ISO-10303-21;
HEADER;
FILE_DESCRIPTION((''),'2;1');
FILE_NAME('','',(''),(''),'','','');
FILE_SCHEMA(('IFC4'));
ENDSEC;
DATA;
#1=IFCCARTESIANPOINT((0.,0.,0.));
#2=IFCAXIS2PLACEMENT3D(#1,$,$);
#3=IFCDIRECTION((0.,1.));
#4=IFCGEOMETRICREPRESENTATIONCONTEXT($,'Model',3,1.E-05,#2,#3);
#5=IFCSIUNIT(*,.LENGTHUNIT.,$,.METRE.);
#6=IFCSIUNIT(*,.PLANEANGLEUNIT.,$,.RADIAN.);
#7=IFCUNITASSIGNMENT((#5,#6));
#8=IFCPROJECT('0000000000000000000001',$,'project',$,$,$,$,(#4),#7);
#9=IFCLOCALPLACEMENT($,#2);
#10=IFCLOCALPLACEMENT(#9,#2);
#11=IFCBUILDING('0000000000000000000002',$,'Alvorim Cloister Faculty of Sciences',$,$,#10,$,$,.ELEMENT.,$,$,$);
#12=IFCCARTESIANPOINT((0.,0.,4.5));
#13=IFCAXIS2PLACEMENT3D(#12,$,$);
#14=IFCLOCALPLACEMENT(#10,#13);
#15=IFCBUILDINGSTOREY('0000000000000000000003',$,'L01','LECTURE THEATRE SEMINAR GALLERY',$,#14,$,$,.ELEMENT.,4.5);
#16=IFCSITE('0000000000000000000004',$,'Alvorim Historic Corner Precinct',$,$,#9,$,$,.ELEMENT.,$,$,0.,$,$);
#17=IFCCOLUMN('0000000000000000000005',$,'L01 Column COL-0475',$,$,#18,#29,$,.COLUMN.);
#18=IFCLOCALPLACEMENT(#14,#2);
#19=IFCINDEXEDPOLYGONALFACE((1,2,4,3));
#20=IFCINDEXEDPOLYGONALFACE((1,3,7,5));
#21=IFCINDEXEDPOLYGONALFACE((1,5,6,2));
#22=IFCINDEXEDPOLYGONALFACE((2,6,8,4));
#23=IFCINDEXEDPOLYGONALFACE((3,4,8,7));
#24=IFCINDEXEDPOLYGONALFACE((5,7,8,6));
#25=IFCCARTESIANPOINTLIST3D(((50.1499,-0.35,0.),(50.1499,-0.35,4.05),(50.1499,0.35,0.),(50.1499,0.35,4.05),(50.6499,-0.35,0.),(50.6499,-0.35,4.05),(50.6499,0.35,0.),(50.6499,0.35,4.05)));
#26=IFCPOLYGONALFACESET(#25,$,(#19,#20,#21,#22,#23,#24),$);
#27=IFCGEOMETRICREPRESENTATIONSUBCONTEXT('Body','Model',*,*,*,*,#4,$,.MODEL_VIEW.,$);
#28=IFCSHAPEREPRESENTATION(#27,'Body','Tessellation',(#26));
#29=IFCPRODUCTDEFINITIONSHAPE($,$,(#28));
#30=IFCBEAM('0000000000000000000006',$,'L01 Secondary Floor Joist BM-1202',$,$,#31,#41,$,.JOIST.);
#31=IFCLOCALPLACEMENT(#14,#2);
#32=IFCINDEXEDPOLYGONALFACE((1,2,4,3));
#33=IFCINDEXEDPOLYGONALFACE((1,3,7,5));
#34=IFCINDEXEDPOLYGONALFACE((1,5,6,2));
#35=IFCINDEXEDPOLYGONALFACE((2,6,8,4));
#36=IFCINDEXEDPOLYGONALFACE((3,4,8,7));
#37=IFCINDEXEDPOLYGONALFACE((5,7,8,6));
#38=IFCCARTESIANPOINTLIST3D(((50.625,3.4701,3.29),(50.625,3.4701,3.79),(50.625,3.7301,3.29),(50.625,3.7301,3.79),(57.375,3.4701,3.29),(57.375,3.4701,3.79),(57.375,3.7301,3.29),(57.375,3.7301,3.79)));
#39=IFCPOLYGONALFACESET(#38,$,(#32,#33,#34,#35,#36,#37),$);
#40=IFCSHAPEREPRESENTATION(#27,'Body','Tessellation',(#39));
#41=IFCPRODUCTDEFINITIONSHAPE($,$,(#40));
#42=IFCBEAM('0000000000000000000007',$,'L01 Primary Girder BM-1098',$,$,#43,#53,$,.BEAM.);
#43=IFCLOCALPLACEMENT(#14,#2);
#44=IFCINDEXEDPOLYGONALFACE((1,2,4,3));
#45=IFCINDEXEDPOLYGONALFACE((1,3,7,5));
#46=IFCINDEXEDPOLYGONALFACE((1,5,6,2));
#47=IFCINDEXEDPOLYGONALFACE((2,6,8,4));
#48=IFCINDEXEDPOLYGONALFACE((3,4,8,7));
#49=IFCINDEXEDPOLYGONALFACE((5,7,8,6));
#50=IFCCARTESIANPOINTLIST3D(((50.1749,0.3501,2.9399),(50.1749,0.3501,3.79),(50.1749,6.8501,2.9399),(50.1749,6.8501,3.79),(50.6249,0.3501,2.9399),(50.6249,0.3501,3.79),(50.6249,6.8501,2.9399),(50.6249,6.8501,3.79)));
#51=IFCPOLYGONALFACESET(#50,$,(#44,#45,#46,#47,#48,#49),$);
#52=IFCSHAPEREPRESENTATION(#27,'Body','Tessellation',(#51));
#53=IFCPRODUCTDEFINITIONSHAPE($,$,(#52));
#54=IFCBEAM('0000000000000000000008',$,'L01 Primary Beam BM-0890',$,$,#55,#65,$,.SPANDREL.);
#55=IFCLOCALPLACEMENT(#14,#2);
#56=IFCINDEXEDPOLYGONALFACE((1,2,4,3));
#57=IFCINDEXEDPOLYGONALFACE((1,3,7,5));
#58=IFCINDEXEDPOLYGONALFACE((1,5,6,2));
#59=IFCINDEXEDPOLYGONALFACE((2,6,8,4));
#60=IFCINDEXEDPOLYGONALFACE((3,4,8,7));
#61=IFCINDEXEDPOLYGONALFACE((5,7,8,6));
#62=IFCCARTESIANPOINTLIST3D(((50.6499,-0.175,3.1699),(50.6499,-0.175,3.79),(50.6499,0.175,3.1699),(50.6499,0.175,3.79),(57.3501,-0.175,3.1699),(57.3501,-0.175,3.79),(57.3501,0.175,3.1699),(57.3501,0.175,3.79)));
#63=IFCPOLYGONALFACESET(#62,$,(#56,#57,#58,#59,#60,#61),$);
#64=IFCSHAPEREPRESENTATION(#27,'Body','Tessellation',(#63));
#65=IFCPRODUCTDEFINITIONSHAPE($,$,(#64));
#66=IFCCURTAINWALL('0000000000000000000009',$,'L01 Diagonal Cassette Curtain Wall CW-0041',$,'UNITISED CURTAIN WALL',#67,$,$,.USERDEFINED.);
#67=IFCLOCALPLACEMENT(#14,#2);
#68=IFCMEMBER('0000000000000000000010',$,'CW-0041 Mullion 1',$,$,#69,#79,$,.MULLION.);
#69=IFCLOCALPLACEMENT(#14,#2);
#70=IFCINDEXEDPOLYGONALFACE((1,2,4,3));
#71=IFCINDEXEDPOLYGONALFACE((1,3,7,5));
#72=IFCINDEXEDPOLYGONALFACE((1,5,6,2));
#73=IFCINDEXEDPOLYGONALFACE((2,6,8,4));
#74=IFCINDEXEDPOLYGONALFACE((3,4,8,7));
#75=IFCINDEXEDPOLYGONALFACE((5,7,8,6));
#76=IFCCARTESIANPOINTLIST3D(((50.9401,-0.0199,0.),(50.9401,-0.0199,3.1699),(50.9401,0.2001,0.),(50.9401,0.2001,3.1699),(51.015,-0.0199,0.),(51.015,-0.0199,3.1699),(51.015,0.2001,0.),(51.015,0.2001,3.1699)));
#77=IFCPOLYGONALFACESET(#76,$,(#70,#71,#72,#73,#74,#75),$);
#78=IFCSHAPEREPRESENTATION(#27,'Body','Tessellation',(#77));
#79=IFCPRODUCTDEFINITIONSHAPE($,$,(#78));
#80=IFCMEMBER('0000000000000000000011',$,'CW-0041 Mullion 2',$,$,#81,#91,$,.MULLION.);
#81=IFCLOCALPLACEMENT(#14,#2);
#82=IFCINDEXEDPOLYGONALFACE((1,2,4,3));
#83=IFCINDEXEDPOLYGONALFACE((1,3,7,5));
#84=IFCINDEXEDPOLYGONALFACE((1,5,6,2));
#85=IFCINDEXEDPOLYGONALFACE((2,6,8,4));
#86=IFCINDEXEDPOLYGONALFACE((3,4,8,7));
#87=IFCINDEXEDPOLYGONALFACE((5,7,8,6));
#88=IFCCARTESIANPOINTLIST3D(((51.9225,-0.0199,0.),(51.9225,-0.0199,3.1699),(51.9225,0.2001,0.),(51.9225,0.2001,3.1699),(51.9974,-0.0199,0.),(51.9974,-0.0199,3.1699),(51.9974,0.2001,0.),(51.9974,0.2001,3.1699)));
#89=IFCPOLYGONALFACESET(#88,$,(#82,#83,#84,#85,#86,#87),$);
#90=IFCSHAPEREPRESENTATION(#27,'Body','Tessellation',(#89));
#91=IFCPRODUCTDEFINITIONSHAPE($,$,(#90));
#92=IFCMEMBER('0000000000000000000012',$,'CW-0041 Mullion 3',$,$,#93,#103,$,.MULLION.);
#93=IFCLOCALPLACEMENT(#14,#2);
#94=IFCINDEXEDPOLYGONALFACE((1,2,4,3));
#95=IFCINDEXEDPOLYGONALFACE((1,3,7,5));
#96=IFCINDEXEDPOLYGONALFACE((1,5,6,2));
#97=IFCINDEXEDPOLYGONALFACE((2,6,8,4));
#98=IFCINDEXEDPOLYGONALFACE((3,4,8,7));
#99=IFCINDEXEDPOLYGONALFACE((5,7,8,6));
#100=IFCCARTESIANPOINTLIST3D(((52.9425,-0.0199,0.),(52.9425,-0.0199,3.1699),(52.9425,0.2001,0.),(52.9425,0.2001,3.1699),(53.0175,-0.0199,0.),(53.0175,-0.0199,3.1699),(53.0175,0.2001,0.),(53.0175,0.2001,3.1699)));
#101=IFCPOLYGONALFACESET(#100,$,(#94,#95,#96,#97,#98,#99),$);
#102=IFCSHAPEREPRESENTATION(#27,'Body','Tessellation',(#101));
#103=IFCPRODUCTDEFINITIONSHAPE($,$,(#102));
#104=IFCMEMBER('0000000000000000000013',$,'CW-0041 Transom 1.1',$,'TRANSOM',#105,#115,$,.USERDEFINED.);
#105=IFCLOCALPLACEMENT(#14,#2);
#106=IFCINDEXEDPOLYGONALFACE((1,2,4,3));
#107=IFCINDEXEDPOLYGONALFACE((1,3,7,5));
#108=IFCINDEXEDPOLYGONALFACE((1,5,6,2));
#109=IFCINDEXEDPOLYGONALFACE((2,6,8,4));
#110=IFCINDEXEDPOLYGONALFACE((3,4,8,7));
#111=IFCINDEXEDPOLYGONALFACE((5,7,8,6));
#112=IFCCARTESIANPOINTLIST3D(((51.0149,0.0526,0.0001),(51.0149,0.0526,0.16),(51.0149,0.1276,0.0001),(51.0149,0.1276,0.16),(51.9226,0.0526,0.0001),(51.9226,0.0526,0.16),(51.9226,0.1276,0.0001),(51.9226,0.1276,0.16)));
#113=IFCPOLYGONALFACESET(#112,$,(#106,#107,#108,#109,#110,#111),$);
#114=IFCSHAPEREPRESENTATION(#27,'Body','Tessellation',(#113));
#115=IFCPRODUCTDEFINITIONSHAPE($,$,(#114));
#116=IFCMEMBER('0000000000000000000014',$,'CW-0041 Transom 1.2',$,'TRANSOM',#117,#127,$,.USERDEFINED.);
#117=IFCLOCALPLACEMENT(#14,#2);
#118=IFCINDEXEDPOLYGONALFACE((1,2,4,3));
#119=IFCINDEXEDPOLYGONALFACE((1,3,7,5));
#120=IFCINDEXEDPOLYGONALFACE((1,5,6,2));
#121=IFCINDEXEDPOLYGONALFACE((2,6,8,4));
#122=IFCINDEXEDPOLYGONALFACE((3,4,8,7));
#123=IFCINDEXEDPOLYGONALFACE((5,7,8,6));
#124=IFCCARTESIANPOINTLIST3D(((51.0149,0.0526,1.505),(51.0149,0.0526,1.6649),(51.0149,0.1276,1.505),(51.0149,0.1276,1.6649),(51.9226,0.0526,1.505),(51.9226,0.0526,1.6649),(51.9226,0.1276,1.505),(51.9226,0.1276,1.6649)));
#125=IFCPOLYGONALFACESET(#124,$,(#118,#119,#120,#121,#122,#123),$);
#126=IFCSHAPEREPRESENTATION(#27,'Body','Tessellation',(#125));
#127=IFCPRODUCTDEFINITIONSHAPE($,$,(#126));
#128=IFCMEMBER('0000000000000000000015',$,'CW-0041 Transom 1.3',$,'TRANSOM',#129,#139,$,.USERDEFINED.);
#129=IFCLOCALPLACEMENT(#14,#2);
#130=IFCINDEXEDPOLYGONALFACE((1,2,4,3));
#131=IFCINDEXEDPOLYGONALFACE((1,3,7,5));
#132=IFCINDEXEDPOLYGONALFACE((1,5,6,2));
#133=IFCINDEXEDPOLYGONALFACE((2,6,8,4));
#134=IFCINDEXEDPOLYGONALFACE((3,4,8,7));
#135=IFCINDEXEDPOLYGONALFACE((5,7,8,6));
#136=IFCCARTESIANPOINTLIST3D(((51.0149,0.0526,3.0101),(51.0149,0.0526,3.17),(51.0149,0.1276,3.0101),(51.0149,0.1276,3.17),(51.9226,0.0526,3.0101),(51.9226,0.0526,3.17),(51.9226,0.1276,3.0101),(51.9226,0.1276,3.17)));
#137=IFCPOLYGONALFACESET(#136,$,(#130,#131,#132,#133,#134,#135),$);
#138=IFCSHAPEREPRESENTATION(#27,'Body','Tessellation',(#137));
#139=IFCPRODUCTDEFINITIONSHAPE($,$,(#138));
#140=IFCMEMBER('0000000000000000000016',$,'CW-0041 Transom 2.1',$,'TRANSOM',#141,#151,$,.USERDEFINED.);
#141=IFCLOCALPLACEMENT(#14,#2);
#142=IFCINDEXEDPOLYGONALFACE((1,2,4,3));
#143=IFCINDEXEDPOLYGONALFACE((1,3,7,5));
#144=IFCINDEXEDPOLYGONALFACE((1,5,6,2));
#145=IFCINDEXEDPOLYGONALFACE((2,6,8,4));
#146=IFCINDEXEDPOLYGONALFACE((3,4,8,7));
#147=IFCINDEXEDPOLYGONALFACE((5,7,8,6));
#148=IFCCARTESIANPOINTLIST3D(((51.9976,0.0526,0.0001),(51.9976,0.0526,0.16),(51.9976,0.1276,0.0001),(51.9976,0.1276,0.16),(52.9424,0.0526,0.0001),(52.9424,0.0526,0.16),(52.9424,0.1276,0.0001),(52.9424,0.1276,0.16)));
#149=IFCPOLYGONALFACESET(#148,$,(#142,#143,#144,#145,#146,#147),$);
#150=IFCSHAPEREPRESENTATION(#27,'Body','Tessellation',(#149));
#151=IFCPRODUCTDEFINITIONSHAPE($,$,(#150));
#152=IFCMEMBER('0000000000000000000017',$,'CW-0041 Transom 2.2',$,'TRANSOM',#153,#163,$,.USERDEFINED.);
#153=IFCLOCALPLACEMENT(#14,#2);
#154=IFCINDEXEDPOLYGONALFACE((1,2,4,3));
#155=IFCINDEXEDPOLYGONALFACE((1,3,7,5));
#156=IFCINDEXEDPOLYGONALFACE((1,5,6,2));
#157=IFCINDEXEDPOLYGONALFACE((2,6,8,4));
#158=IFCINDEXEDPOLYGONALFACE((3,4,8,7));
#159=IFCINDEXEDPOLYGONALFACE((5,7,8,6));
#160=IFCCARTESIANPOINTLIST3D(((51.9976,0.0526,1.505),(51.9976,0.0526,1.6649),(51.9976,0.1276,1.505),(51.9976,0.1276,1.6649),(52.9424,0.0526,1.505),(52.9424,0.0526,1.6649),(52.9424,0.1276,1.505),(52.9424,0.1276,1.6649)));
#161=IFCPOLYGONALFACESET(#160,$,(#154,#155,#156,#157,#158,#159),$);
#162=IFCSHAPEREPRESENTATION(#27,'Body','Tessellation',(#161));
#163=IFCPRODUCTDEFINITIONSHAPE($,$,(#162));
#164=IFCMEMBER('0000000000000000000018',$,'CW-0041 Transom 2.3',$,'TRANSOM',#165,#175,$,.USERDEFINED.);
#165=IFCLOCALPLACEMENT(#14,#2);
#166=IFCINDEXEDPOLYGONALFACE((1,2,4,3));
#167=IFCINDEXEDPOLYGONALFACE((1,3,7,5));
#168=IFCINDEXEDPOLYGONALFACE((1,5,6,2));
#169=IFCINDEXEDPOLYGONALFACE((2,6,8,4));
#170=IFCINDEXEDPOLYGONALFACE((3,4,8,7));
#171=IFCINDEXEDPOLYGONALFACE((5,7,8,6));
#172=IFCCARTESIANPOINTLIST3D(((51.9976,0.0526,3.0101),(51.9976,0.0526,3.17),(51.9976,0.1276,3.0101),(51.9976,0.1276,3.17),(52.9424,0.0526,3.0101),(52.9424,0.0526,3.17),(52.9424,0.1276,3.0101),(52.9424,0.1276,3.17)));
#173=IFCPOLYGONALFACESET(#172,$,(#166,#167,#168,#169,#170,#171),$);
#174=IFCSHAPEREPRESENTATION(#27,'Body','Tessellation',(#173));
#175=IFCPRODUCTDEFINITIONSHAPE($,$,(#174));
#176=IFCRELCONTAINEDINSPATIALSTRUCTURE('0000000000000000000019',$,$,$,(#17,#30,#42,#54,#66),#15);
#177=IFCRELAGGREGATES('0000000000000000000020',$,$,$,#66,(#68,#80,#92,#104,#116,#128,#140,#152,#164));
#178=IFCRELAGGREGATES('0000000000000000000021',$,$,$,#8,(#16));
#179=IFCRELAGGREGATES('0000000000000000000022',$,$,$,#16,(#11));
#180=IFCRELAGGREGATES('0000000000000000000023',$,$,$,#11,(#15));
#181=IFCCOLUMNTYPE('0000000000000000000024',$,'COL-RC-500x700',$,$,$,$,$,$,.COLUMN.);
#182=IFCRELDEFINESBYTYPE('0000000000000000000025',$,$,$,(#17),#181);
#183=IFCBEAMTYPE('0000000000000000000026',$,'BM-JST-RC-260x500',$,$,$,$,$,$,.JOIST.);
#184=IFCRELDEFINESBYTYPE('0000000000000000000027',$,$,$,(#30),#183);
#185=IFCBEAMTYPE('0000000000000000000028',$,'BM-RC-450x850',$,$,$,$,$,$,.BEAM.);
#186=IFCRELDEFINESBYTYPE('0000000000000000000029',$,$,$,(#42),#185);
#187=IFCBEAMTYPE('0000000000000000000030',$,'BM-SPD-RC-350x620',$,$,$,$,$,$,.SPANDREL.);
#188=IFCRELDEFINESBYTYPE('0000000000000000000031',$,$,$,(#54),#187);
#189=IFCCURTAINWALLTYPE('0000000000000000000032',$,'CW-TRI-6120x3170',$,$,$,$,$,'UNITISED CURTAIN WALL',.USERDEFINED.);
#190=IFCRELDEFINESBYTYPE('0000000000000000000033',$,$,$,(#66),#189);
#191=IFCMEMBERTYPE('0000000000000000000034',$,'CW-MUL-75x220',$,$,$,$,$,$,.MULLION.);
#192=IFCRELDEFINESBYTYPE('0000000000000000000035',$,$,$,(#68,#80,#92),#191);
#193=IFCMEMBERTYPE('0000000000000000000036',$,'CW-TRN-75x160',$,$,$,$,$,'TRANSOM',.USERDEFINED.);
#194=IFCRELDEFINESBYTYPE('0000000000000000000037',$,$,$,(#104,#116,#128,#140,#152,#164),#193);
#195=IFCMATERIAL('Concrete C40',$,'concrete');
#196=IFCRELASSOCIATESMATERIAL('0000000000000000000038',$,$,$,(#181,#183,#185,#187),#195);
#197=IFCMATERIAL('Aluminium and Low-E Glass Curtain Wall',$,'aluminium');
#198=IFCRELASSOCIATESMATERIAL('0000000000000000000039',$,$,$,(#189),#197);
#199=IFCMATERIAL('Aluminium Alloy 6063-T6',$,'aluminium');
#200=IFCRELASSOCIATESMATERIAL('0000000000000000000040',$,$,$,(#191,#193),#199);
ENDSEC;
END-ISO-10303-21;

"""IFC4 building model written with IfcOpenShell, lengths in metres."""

from ifc_helpers import new_model, si_unit, direction, frame, origin, origin_2d, place, context, subcontext, project, spatial, rectangle, extrude, material, material_profile, profile_set, type_object, element, aggregate, save


model = new_model("IFC4")

# Units and contexts
model_context = context("Model", 3, precision=1e-05, world=origin(), true_north=direction((0.0, 1.0)))
body_context = subcontext(model_context, "Body", "Model", "MODEL_VIEW")
ifc_project = project(units=[si_unit("LENGTHUNIT", "METRE"), si_unit("PLANEANGLEUNIT", "RADIAN")], contexts=[model_context])

# Site, building, storey
site_placement = place(None, origin())
site = spatial("IfcSite", under=ifc_project, at=site_placement, Name="Alvorim Historic Corner Precinct", CompositionType="ELEMENT", RefElevation=0.0)
building_placement = place(site_placement, origin())
building = spatial("IfcBuilding", under=site, at=building_placement, Name="Alvorim Cloister Faculty of Sciences", CompositionType="ELEMENT")
storey_placement = place(building_placement, frame((0.0, 0.0, 4.5)))
storey = spatial("IfcBuildingStorey", under=building, at=storey_placement, Name="L01", Description="LECTURE THEATRE SEMINAR GALLERY", CompositionType="ELEMENT", Elevation=4.5)

# Column
ifc_material_1 = material(Name="Concrete C40", Category="concrete")
ifc_material_profile_1 = material_profile(ifc_material_1, rectangle(XDim=0.5, YDim=0.7, at=origin_2d()), Name="RC40-COL-500x700")
ifc_profile_set_1 = profile_set([ifc_material_profile_1], Name="Concrete C40")
column_type = type_object("IfcColumnType", Name="COL-RC-500x700", PredefinedType="COLUMN", material=ifc_profile_set_1)
column_placement = place(storey_placement, frame((50.3999, 0.0, 0.0), z_axis=(0.0, 0.0, 1.0), x_axis=(1.0, 0.0, 0.0)))
element("IfcColumn", 1, at=column_placement, inside=storey, type_object=column_type, Name="L01 Column COL-0475", PredefinedType="COLUMN", context=body_context, shape_type="SweptSolid", body=[
    extrude(rectangle(XDim=0.5, YDim=0.7, at=origin_2d()), origin(), (0.0, 0.0, 1.0), 4.05),
])

# Beams
ifc_material_profile_2 = material_profile(ifc_material_1, rectangle(XDim=0.26, YDim=0.5, at=origin_2d()), Name="RC40-JST-260x500")
ifc_profile_set_2 = profile_set([ifc_material_profile_2], Name="Concrete C40")
beam_type_1 = type_object("IfcBeamType", Name="BM-JST-RC-260x500", PredefinedType="JOIST", material=ifc_profile_set_2)
beam_1_placement = place(storey_placement, frame((50.625, 3.6001, 3.54), z_axis=(1.0, 0.0, 0.0), x_axis=(0.0, 1.0, 0.0)))
element("IfcBeam", 2, at=beam_1_placement, inside=storey, type_object=beam_type_1, Name="L01 Secondary Floor Joist BM-1202", PredefinedType="JOIST", context=body_context, shape_type="SweptSolid", body=[
    extrude(rectangle(XDim=0.26, YDim=0.5, at=origin_2d()), origin(), (0.0, 0.0, 1.0), 6.75),
])
ifc_material_profile_3 = material_profile(ifc_material_1, rectangle(XDim=0.45, YDim=0.8501, at=origin_2d()), Name="RC40-BM-450x850")
ifc_profile_set_3 = profile_set([ifc_material_profile_3], Name="Concrete C40")
beam_type_2 = type_object("IfcBeamType", Name="BM-RC-450x850", PredefinedType="BEAM", material=ifc_profile_set_3)
beam_2_placement = place(storey_placement, frame((50.3999, 0.3501, 3.365), z_axis=(0.0, 1.0, 0.0), x_axis=(-1.0, 0.0, 0.0)))
element("IfcBeam", 3, at=beam_2_placement, inside=storey, type_object=beam_type_2, Name="L01 Primary Girder BM-1098", PredefinedType="BEAM", context=body_context, shape_type="SweptSolid", body=[
    extrude(rectangle(XDim=0.45, YDim=0.8501, at=origin_2d()), origin(), (0.0, 0.0, 1.0), 6.5),
])
ifc_material_profile_4 = material_profile(ifc_material_1, rectangle(XDim=0.3501, YDim=0.6201, at=origin_2d()), Name="RC40-SPD-350x620")
ifc_profile_set_4 = profile_set([ifc_material_profile_4], Name="Concrete C40")
beam_type_3 = type_object("IfcBeamType", Name="BM-SPD-RC-350x620", PredefinedType="SPANDREL", material=ifc_profile_set_4)
beam_3_placement = place(storey_placement, frame((50.6499, 0.0, 3.48), z_axis=(1.0, 0.0, 0.0), x_axis=(0.0, 1.0, 0.0)))
element("IfcBeam", 4, at=beam_3_placement, inside=storey, type_object=beam_type_3, Name="L01 Primary Beam BM-0890", PredefinedType="SPANDREL", context=body_context, shape_type="SweptSolid", body=[
    extrude(rectangle(XDim=0.3501, YDim=0.6201, at=origin_2d()), origin(), (0.0, 0.0, 1.0), 6.7002),
])

# Curtain wall, members
ifc_material_2 = material(Name="Aluminium and Low-E Glass Curtain Wall", Category="aluminium")
curtain_wall_type = type_object("IfcCurtainWallType", Name="CW-TRI-6120x3170", ElementType="UNITISED CURTAIN WALL", PredefinedType="USERDEFINED", material=ifc_material_2)
curtain_wall_placement = place(storey_placement, origin())
curtain_wall = element("IfcCurtainWall", 5, at=curtain_wall_placement, inside=storey, type_object=curtain_wall_type, Name="L01 Diagonal Cassette Curtain Wall CW-0041", ObjectType="UNITISED CURTAIN WALL", PredefinedType="USERDEFINED")
ifc_material_3 = material(Name="Aluminium Alloy 6063-T6", Category="aluminium")
ifc_material_profile_5 = material_profile(ifc_material_3, rectangle(XDim=0.075, YDim=0.22, at=origin_2d()), Name="ALU-MUL-75x220")
ifc_profile_set_5 = profile_set([ifc_material_profile_5], Name="Aluminium Alloy 6063-T6")
member_type_1 = type_object("IfcMemberType", Name="CW-MUL-75x220", PredefinedType="MULLION", material=ifc_profile_set_5)
member_1_placement = place(storey_placement, frame((50.9775, 0.0901, 0.0), z_axis=(0.0, 0.0, 1.0), x_axis=(1.0, 0.0, 0.0)))
member_1 = element("IfcMember", 6, at=member_1_placement, type_object=member_type_1, Name="CW-0041 Mullion 1", PredefinedType="MULLION", context=body_context, shape_type="SweptSolid", body=[
    extrude(rectangle(XDim=0.075, YDim=0.22, at=origin_2d()), origin(), (0.0, 0.0, 1.0), 3.1699),
])
member_2_placement = place(storey_placement, frame((51.96, 0.0901, 0.0), z_axis=(0.0, 0.0, 1.0), x_axis=(1.0, 0.0, 0.0)))
member_2 = element("IfcMember", 7, at=member_2_placement, type_object=member_type_1, Name="CW-0041 Mullion 2", PredefinedType="MULLION", context=body_context, shape_type="SweptSolid", body=[
    extrude(rectangle(XDim=0.075, YDim=0.22, at=origin_2d()), origin(), (0.0, 0.0, 1.0), 3.1699),
])
member_3_placement = place(storey_placement, frame((52.98, 0.0901, 0.0), z_axis=(0.0, 0.0, 1.0), x_axis=(1.0, 0.0, 0.0)))
member_3 = element("IfcMember", 8, at=member_3_placement, type_object=member_type_1, Name="CW-0041 Mullion 3", PredefinedType="MULLION", context=body_context, shape_type="SweptSolid", body=[
    extrude(rectangle(XDim=0.075, YDim=0.22, at=origin_2d()), origin(), (0.0, 0.0, 1.0), 3.1699),
])
ifc_material_profile_6 = material_profile(ifc_material_3, rectangle(XDim=0.075, YDim=0.1599, at=origin_2d()), Name="ALU-TRN-75x160")
ifc_profile_set_6 = profile_set([ifc_material_profile_6], Name="Aluminium Alloy 6063-T6")
member_type_2 = type_object("IfcMemberType", Name="CW-TRN-75x160", ElementType="TRANSOM", PredefinedType="USERDEFINED", material=ifc_profile_set_6)
member_4_placement = place(storey_placement, frame((51.0149, 0.0901, 0.0801), z_axis=(1.0, 0.0, 0.0), x_axis=(0.0, 1.0, 0.0)))
member_4 = element("IfcMember", 9, at=member_4_placement, type_object=member_type_2, Name="CW-0041 Transom 1.1", ObjectType="TRANSOM", PredefinedType="USERDEFINED", context=body_context, shape_type="SweptSolid", body=[
    extrude(rectangle(XDim=0.075, YDim=0.1599, at=origin_2d()), origin(), (0.0, 0.0, 1.0), 0.9077),
])
member_5_placement = place(storey_placement, frame((51.0149, 0.0901, 1.585), z_axis=(1.0, 0.0, 0.0), x_axis=(0.0, 1.0, 0.0)))
member_5 = element("IfcMember", 10, at=member_5_placement, type_object=member_type_2, Name="CW-0041 Transom 1.2", ObjectType="TRANSOM", PredefinedType="USERDEFINED", context=body_context, shape_type="SweptSolid", body=[
    extrude(rectangle(XDim=0.075, YDim=0.1599, at=origin_2d()), origin(), (0.0, 0.0, 1.0), 0.9077),
])
member_6_placement = place(storey_placement, frame((51.0149, 0.0901, 3.0901), z_axis=(1.0, 0.0, 0.0), x_axis=(0.0, 1.0, 0.0)))
member_6 = element("IfcMember", 11, at=member_6_placement, type_object=member_type_2, Name="CW-0041 Transom 1.3", ObjectType="TRANSOM", PredefinedType="USERDEFINED", context=body_context, shape_type="SweptSolid", body=[
    extrude(rectangle(XDim=0.075, YDim=0.1599, at=origin_2d()), origin(), (0.0, 0.0, 1.0), 0.9077),
])
member_7_placement = place(storey_placement, frame((51.9976, 0.0901, 0.0801), z_axis=(1.0, 0.0, 0.0), x_axis=(0.0, 1.0, 0.0)))
member_7 = element("IfcMember", 12, at=member_7_placement, type_object=member_type_2, Name="CW-0041 Transom 2.1", ObjectType="TRANSOM", PredefinedType="USERDEFINED", context=body_context, shape_type="SweptSolid", body=[
    extrude(rectangle(XDim=0.075, YDim=0.1599, at=origin_2d()), origin(), (0.0, 0.0, 1.0), 0.9448),
])
member_8_placement = place(storey_placement, frame((51.9976, 0.0901, 1.585), z_axis=(1.0, 0.0, 0.0), x_axis=(0.0, 1.0, 0.0)))
member_8 = element("IfcMember", 13, at=member_8_placement, type_object=member_type_2, Name="CW-0041 Transom 2.2", ObjectType="TRANSOM", PredefinedType="USERDEFINED", context=body_context, shape_type="SweptSolid", body=[
    extrude(rectangle(XDim=0.075, YDim=0.1599, at=origin_2d()), origin(), (0.0, 0.0, 1.0), 0.9448),
])
member_9_placement = place(storey_placement, frame((51.9976, 0.0901, 3.0901), z_axis=(1.0, 0.0, 0.0), x_axis=(0.0, 1.0, 0.0)))
member_9 = element("IfcMember", 14, at=member_9_placement, type_object=member_type_2, Name="CW-0041 Transom 2.3", ObjectType="TRANSOM", PredefinedType="USERDEFINED", context=body_context, shape_type="SweptSolid", body=[
    extrude(rectangle(XDim=0.075, YDim=0.1599, at=origin_2d()), origin(), (0.0, 0.0, 1.0), 0.9448),
])
aggregate(curtain_wall, [member_1, member_2, member_3, member_4, member_5, member_6, member_7, member_8, member_9])

save(model, "model.ifc")
